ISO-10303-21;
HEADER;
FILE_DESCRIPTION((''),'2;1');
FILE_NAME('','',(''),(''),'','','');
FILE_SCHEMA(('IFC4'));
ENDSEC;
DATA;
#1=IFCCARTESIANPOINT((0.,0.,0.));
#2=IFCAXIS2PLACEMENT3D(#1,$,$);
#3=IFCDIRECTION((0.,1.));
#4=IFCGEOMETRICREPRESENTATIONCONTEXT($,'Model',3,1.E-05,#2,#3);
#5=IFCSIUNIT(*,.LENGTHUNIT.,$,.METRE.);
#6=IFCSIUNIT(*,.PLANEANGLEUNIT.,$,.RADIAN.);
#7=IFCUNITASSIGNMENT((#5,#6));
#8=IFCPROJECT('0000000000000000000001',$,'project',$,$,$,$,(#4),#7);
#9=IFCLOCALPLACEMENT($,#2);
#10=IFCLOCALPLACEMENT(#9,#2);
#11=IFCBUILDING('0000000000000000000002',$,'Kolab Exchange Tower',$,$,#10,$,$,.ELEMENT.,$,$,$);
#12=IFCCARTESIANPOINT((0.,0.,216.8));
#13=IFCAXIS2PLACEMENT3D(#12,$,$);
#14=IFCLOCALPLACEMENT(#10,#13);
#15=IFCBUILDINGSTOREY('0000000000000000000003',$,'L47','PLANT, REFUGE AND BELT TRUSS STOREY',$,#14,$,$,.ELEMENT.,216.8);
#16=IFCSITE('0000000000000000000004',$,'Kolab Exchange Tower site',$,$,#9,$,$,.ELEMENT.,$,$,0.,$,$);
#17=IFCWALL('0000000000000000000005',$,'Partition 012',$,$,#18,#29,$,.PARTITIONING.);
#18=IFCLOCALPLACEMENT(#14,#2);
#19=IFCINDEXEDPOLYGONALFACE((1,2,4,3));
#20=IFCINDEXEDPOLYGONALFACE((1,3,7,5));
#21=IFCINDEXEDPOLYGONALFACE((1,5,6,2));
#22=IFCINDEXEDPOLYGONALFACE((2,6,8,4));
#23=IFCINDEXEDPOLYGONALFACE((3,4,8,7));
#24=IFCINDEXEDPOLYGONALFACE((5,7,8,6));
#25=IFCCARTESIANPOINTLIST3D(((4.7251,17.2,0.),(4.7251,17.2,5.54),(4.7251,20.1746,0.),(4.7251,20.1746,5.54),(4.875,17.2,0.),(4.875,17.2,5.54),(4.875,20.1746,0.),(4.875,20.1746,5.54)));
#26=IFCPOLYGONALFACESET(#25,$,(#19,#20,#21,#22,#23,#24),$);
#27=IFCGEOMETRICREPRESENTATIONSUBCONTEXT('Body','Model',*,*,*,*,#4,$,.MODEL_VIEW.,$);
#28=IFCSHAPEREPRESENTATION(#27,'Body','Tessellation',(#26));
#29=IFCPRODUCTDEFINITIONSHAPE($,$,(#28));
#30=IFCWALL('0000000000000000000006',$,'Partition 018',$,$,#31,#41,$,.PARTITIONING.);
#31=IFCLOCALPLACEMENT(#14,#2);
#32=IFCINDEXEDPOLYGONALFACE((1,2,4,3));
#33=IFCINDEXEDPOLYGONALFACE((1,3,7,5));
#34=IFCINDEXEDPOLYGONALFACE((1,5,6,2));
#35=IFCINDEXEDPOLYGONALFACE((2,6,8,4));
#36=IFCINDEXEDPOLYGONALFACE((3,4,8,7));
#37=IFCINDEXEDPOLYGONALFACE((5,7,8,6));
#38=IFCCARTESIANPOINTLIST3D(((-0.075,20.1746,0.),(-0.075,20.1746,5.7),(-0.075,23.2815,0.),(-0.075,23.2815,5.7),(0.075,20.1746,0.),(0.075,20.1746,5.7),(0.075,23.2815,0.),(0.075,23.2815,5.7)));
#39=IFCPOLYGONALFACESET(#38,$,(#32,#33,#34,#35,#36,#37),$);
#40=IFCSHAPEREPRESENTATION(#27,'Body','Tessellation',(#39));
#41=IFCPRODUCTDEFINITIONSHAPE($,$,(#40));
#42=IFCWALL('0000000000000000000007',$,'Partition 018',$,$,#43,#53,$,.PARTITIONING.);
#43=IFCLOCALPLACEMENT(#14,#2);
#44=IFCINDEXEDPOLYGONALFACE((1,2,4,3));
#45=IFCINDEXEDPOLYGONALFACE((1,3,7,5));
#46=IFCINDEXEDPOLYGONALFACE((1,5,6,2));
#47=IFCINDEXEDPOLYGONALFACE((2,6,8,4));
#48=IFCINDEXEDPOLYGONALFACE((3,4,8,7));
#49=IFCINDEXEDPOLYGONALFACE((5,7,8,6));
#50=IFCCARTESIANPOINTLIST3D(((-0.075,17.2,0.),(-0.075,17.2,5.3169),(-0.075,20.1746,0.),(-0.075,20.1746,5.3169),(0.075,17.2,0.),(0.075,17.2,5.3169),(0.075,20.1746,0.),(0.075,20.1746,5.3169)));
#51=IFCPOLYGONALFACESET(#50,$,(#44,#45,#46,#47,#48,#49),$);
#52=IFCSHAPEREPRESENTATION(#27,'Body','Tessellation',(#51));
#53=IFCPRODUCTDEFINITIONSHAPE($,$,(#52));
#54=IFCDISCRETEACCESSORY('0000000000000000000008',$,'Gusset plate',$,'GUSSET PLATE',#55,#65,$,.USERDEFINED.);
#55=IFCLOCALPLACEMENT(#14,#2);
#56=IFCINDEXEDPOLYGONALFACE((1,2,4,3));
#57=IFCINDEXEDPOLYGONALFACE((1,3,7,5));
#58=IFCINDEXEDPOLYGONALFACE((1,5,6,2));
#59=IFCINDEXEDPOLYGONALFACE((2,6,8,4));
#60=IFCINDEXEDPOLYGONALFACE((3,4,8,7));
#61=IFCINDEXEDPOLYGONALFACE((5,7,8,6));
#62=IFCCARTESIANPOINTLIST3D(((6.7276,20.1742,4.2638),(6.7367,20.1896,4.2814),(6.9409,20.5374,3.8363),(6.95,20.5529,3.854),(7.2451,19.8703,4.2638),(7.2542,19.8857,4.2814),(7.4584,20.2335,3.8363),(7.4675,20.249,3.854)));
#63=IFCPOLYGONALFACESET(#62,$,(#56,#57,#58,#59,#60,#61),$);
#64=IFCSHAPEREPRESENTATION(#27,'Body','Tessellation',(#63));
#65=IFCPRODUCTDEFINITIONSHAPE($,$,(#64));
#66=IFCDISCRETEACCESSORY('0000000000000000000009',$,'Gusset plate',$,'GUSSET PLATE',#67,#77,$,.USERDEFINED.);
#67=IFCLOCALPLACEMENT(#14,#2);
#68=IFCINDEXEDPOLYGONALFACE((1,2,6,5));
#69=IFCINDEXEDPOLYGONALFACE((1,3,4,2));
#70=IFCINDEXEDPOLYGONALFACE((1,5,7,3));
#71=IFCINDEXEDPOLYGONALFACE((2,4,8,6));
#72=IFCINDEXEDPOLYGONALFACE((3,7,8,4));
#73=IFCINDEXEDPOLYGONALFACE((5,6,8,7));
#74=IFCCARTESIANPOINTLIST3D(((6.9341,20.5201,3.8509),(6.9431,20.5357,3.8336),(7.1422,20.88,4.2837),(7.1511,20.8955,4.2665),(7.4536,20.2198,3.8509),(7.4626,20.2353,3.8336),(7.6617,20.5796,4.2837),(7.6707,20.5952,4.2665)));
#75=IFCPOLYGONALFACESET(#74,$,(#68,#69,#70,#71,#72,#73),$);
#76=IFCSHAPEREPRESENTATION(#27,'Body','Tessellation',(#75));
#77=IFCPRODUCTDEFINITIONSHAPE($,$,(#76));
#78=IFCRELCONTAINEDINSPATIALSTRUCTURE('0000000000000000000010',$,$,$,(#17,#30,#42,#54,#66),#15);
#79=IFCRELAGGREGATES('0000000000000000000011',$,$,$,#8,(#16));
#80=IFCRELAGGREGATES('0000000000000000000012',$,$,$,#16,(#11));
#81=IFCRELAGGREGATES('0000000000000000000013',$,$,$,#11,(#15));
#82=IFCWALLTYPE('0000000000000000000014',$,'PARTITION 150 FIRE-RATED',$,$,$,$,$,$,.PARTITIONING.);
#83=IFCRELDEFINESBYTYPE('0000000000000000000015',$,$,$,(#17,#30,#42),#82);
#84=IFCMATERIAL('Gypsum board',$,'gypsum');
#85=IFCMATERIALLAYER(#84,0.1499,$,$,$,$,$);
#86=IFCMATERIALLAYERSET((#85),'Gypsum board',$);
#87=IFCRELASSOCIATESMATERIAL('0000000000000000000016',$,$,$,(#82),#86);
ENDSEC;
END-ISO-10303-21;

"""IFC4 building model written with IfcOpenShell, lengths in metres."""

from ifc_helpers import new_model, si_unit, direction, frame, frame_2d, origin, origin_2d, place, context, subcontext, project, spatial, rectangle, extrude, material, layer, layer_set, type_object, element, save


model = new_model("IFC4")

# Units and contexts
model_context = context("Model", 3, precision=1e-05, world=origin(), true_north=direction((0.0, 1.0)))
body_context = subcontext(model_context, "Body", "Model", "MODEL_VIEW")
ifc_project = project(units=[si_unit("LENGTHUNIT", "METRE"), si_unit("PLANEANGLEUNIT", "RADIAN")], contexts=[model_context])

# Site, building, storey
site_placement = place(None, origin())
site = spatial("IfcSite", under=ifc_project, at=site_placement, Name="Kolab Exchange Tower site", CompositionType="ELEMENT", RefElevation=0.0)
building_placement = place(site_placement, origin())
building = spatial("IfcBuilding", under=site, at=building_placement, Name="Kolab Exchange Tower", CompositionType="ELEMENT")
storey_placement = place(building_placement, frame((0.0, 0.0, 216.8)))
storey = spatial("IfcBuildingStorey", under=building, at=storey_placement, Name="L47", Description="PLANT, REFUGE AND BELT TRUSS STOREY", CompositionType="ELEMENT", Elevation=216.8)

# Walls
ifc_material_1 = material(Name="Gypsum board", Category="gypsum")
ifc_layer = layer(ifc_material_1, 0.1499)
ifc_layer_set = layer_set([ifc_layer], Name="Gypsum board")
wall_type = type_object("IfcWallType", Name="PARTITION 150 FIRE-RATED", PredefinedType="PARTITIONING", material=ifc_layer_set)
wall_1_placement = place(storey_placement, frame((4.8, 17.2, 0.0), z_axis=(0.0, 0.0, 1.0), x_axis=(0.0, 1.0, 0.0)))
element("IfcWall", 1, at=wall_1_placement, inside=storey, type_object=wall_type, Name="Partition 012", PredefinedType="PARTITIONING", context=body_context, shape_type="SweptSolid", body=[
    extrude(rectangle(XDim=2.9746, YDim=0.1499, at=frame_2d((1.4873, 0.0))), origin(), (0.0, 0.0, 1.0), 5.54),
])
wall_2_placement = place(storey_placement, frame((0.0, 20.1746, 0.0), z_axis=(0.0, 0.0, 1.0), x_axis=(0.0, 1.0, 0.0)))
element("IfcWall", 2, at=wall_2_placement, inside=storey, type_object=wall_type, Name="Partition 018", PredefinedType="PARTITIONING", context=body_context, shape_type="SweptSolid", body=[
    extrude(rectangle(XDim=3.1069, YDim=0.1499, at=frame_2d((1.5535, 0.0))), origin(), (0.0, 0.0, 1.0), 5.7),
])
wall_3_placement = place(storey_placement, frame((0.0, 17.2, 0.0), z_axis=(0.0, 0.0, 1.0), x_axis=(0.0, 1.0, 0.0)))
element("IfcWall", 3, at=wall_3_placement, inside=storey, type_object=wall_type, Name="Partition 018", PredefinedType="PARTITIONING", context=body_context, shape_type="SweptSolid", body=[
    extrude(rectangle(XDim=2.9746, YDim=0.1499, at=frame_2d((1.4873, 0.0))), origin(), (0.0, 0.0, 1.0), 5.3169),
])

# Discrete accessories
discrete_accessory_1_placement = place(storey_placement, frame((7.093, 20.2039, 4.05), z_axis=(0.360705, 0.614174, 0.701913), x_axis=(-0.862286, 0.506422, 0.0)))
element("IfcDiscreteAccessory", 4, at=discrete_accessory_1_placement, inside=storey, Name="Gusset plate", ObjectType="GUSSET PLATE", PredefinedType="USERDEFINED", context=body_context, shape_type="SweptSolid", body=[
    extrude(rectangle(XDim=0.6001, YDim=0.6001, at=origin_2d()), origin(), (0.0, 0.0, 1.0), 0.0251),
])
discrete_accessory_2_placement = place(storey_placement, frame((7.3069, 20.5654, 4.05), z_axis=(-0.36098, -0.624398, 0.692691), x_axis=(0.865735, -0.500503, 0.0)))
element("IfcDiscreteAccessory", 5, at=discrete_accessory_2_placement, inside=storey, Name="Gusset plate", ObjectType="GUSSET PLATE", PredefinedType="USERDEFINED", context=body_context, shape_type="SweptSolid", body=[
    extrude(rectangle(XDim=0.6001, YDim=0.6001, at=origin_2d()), origin(), (0.0, 0.0, 1.0), 0.0249),
])

save(model, "model.ifc")
